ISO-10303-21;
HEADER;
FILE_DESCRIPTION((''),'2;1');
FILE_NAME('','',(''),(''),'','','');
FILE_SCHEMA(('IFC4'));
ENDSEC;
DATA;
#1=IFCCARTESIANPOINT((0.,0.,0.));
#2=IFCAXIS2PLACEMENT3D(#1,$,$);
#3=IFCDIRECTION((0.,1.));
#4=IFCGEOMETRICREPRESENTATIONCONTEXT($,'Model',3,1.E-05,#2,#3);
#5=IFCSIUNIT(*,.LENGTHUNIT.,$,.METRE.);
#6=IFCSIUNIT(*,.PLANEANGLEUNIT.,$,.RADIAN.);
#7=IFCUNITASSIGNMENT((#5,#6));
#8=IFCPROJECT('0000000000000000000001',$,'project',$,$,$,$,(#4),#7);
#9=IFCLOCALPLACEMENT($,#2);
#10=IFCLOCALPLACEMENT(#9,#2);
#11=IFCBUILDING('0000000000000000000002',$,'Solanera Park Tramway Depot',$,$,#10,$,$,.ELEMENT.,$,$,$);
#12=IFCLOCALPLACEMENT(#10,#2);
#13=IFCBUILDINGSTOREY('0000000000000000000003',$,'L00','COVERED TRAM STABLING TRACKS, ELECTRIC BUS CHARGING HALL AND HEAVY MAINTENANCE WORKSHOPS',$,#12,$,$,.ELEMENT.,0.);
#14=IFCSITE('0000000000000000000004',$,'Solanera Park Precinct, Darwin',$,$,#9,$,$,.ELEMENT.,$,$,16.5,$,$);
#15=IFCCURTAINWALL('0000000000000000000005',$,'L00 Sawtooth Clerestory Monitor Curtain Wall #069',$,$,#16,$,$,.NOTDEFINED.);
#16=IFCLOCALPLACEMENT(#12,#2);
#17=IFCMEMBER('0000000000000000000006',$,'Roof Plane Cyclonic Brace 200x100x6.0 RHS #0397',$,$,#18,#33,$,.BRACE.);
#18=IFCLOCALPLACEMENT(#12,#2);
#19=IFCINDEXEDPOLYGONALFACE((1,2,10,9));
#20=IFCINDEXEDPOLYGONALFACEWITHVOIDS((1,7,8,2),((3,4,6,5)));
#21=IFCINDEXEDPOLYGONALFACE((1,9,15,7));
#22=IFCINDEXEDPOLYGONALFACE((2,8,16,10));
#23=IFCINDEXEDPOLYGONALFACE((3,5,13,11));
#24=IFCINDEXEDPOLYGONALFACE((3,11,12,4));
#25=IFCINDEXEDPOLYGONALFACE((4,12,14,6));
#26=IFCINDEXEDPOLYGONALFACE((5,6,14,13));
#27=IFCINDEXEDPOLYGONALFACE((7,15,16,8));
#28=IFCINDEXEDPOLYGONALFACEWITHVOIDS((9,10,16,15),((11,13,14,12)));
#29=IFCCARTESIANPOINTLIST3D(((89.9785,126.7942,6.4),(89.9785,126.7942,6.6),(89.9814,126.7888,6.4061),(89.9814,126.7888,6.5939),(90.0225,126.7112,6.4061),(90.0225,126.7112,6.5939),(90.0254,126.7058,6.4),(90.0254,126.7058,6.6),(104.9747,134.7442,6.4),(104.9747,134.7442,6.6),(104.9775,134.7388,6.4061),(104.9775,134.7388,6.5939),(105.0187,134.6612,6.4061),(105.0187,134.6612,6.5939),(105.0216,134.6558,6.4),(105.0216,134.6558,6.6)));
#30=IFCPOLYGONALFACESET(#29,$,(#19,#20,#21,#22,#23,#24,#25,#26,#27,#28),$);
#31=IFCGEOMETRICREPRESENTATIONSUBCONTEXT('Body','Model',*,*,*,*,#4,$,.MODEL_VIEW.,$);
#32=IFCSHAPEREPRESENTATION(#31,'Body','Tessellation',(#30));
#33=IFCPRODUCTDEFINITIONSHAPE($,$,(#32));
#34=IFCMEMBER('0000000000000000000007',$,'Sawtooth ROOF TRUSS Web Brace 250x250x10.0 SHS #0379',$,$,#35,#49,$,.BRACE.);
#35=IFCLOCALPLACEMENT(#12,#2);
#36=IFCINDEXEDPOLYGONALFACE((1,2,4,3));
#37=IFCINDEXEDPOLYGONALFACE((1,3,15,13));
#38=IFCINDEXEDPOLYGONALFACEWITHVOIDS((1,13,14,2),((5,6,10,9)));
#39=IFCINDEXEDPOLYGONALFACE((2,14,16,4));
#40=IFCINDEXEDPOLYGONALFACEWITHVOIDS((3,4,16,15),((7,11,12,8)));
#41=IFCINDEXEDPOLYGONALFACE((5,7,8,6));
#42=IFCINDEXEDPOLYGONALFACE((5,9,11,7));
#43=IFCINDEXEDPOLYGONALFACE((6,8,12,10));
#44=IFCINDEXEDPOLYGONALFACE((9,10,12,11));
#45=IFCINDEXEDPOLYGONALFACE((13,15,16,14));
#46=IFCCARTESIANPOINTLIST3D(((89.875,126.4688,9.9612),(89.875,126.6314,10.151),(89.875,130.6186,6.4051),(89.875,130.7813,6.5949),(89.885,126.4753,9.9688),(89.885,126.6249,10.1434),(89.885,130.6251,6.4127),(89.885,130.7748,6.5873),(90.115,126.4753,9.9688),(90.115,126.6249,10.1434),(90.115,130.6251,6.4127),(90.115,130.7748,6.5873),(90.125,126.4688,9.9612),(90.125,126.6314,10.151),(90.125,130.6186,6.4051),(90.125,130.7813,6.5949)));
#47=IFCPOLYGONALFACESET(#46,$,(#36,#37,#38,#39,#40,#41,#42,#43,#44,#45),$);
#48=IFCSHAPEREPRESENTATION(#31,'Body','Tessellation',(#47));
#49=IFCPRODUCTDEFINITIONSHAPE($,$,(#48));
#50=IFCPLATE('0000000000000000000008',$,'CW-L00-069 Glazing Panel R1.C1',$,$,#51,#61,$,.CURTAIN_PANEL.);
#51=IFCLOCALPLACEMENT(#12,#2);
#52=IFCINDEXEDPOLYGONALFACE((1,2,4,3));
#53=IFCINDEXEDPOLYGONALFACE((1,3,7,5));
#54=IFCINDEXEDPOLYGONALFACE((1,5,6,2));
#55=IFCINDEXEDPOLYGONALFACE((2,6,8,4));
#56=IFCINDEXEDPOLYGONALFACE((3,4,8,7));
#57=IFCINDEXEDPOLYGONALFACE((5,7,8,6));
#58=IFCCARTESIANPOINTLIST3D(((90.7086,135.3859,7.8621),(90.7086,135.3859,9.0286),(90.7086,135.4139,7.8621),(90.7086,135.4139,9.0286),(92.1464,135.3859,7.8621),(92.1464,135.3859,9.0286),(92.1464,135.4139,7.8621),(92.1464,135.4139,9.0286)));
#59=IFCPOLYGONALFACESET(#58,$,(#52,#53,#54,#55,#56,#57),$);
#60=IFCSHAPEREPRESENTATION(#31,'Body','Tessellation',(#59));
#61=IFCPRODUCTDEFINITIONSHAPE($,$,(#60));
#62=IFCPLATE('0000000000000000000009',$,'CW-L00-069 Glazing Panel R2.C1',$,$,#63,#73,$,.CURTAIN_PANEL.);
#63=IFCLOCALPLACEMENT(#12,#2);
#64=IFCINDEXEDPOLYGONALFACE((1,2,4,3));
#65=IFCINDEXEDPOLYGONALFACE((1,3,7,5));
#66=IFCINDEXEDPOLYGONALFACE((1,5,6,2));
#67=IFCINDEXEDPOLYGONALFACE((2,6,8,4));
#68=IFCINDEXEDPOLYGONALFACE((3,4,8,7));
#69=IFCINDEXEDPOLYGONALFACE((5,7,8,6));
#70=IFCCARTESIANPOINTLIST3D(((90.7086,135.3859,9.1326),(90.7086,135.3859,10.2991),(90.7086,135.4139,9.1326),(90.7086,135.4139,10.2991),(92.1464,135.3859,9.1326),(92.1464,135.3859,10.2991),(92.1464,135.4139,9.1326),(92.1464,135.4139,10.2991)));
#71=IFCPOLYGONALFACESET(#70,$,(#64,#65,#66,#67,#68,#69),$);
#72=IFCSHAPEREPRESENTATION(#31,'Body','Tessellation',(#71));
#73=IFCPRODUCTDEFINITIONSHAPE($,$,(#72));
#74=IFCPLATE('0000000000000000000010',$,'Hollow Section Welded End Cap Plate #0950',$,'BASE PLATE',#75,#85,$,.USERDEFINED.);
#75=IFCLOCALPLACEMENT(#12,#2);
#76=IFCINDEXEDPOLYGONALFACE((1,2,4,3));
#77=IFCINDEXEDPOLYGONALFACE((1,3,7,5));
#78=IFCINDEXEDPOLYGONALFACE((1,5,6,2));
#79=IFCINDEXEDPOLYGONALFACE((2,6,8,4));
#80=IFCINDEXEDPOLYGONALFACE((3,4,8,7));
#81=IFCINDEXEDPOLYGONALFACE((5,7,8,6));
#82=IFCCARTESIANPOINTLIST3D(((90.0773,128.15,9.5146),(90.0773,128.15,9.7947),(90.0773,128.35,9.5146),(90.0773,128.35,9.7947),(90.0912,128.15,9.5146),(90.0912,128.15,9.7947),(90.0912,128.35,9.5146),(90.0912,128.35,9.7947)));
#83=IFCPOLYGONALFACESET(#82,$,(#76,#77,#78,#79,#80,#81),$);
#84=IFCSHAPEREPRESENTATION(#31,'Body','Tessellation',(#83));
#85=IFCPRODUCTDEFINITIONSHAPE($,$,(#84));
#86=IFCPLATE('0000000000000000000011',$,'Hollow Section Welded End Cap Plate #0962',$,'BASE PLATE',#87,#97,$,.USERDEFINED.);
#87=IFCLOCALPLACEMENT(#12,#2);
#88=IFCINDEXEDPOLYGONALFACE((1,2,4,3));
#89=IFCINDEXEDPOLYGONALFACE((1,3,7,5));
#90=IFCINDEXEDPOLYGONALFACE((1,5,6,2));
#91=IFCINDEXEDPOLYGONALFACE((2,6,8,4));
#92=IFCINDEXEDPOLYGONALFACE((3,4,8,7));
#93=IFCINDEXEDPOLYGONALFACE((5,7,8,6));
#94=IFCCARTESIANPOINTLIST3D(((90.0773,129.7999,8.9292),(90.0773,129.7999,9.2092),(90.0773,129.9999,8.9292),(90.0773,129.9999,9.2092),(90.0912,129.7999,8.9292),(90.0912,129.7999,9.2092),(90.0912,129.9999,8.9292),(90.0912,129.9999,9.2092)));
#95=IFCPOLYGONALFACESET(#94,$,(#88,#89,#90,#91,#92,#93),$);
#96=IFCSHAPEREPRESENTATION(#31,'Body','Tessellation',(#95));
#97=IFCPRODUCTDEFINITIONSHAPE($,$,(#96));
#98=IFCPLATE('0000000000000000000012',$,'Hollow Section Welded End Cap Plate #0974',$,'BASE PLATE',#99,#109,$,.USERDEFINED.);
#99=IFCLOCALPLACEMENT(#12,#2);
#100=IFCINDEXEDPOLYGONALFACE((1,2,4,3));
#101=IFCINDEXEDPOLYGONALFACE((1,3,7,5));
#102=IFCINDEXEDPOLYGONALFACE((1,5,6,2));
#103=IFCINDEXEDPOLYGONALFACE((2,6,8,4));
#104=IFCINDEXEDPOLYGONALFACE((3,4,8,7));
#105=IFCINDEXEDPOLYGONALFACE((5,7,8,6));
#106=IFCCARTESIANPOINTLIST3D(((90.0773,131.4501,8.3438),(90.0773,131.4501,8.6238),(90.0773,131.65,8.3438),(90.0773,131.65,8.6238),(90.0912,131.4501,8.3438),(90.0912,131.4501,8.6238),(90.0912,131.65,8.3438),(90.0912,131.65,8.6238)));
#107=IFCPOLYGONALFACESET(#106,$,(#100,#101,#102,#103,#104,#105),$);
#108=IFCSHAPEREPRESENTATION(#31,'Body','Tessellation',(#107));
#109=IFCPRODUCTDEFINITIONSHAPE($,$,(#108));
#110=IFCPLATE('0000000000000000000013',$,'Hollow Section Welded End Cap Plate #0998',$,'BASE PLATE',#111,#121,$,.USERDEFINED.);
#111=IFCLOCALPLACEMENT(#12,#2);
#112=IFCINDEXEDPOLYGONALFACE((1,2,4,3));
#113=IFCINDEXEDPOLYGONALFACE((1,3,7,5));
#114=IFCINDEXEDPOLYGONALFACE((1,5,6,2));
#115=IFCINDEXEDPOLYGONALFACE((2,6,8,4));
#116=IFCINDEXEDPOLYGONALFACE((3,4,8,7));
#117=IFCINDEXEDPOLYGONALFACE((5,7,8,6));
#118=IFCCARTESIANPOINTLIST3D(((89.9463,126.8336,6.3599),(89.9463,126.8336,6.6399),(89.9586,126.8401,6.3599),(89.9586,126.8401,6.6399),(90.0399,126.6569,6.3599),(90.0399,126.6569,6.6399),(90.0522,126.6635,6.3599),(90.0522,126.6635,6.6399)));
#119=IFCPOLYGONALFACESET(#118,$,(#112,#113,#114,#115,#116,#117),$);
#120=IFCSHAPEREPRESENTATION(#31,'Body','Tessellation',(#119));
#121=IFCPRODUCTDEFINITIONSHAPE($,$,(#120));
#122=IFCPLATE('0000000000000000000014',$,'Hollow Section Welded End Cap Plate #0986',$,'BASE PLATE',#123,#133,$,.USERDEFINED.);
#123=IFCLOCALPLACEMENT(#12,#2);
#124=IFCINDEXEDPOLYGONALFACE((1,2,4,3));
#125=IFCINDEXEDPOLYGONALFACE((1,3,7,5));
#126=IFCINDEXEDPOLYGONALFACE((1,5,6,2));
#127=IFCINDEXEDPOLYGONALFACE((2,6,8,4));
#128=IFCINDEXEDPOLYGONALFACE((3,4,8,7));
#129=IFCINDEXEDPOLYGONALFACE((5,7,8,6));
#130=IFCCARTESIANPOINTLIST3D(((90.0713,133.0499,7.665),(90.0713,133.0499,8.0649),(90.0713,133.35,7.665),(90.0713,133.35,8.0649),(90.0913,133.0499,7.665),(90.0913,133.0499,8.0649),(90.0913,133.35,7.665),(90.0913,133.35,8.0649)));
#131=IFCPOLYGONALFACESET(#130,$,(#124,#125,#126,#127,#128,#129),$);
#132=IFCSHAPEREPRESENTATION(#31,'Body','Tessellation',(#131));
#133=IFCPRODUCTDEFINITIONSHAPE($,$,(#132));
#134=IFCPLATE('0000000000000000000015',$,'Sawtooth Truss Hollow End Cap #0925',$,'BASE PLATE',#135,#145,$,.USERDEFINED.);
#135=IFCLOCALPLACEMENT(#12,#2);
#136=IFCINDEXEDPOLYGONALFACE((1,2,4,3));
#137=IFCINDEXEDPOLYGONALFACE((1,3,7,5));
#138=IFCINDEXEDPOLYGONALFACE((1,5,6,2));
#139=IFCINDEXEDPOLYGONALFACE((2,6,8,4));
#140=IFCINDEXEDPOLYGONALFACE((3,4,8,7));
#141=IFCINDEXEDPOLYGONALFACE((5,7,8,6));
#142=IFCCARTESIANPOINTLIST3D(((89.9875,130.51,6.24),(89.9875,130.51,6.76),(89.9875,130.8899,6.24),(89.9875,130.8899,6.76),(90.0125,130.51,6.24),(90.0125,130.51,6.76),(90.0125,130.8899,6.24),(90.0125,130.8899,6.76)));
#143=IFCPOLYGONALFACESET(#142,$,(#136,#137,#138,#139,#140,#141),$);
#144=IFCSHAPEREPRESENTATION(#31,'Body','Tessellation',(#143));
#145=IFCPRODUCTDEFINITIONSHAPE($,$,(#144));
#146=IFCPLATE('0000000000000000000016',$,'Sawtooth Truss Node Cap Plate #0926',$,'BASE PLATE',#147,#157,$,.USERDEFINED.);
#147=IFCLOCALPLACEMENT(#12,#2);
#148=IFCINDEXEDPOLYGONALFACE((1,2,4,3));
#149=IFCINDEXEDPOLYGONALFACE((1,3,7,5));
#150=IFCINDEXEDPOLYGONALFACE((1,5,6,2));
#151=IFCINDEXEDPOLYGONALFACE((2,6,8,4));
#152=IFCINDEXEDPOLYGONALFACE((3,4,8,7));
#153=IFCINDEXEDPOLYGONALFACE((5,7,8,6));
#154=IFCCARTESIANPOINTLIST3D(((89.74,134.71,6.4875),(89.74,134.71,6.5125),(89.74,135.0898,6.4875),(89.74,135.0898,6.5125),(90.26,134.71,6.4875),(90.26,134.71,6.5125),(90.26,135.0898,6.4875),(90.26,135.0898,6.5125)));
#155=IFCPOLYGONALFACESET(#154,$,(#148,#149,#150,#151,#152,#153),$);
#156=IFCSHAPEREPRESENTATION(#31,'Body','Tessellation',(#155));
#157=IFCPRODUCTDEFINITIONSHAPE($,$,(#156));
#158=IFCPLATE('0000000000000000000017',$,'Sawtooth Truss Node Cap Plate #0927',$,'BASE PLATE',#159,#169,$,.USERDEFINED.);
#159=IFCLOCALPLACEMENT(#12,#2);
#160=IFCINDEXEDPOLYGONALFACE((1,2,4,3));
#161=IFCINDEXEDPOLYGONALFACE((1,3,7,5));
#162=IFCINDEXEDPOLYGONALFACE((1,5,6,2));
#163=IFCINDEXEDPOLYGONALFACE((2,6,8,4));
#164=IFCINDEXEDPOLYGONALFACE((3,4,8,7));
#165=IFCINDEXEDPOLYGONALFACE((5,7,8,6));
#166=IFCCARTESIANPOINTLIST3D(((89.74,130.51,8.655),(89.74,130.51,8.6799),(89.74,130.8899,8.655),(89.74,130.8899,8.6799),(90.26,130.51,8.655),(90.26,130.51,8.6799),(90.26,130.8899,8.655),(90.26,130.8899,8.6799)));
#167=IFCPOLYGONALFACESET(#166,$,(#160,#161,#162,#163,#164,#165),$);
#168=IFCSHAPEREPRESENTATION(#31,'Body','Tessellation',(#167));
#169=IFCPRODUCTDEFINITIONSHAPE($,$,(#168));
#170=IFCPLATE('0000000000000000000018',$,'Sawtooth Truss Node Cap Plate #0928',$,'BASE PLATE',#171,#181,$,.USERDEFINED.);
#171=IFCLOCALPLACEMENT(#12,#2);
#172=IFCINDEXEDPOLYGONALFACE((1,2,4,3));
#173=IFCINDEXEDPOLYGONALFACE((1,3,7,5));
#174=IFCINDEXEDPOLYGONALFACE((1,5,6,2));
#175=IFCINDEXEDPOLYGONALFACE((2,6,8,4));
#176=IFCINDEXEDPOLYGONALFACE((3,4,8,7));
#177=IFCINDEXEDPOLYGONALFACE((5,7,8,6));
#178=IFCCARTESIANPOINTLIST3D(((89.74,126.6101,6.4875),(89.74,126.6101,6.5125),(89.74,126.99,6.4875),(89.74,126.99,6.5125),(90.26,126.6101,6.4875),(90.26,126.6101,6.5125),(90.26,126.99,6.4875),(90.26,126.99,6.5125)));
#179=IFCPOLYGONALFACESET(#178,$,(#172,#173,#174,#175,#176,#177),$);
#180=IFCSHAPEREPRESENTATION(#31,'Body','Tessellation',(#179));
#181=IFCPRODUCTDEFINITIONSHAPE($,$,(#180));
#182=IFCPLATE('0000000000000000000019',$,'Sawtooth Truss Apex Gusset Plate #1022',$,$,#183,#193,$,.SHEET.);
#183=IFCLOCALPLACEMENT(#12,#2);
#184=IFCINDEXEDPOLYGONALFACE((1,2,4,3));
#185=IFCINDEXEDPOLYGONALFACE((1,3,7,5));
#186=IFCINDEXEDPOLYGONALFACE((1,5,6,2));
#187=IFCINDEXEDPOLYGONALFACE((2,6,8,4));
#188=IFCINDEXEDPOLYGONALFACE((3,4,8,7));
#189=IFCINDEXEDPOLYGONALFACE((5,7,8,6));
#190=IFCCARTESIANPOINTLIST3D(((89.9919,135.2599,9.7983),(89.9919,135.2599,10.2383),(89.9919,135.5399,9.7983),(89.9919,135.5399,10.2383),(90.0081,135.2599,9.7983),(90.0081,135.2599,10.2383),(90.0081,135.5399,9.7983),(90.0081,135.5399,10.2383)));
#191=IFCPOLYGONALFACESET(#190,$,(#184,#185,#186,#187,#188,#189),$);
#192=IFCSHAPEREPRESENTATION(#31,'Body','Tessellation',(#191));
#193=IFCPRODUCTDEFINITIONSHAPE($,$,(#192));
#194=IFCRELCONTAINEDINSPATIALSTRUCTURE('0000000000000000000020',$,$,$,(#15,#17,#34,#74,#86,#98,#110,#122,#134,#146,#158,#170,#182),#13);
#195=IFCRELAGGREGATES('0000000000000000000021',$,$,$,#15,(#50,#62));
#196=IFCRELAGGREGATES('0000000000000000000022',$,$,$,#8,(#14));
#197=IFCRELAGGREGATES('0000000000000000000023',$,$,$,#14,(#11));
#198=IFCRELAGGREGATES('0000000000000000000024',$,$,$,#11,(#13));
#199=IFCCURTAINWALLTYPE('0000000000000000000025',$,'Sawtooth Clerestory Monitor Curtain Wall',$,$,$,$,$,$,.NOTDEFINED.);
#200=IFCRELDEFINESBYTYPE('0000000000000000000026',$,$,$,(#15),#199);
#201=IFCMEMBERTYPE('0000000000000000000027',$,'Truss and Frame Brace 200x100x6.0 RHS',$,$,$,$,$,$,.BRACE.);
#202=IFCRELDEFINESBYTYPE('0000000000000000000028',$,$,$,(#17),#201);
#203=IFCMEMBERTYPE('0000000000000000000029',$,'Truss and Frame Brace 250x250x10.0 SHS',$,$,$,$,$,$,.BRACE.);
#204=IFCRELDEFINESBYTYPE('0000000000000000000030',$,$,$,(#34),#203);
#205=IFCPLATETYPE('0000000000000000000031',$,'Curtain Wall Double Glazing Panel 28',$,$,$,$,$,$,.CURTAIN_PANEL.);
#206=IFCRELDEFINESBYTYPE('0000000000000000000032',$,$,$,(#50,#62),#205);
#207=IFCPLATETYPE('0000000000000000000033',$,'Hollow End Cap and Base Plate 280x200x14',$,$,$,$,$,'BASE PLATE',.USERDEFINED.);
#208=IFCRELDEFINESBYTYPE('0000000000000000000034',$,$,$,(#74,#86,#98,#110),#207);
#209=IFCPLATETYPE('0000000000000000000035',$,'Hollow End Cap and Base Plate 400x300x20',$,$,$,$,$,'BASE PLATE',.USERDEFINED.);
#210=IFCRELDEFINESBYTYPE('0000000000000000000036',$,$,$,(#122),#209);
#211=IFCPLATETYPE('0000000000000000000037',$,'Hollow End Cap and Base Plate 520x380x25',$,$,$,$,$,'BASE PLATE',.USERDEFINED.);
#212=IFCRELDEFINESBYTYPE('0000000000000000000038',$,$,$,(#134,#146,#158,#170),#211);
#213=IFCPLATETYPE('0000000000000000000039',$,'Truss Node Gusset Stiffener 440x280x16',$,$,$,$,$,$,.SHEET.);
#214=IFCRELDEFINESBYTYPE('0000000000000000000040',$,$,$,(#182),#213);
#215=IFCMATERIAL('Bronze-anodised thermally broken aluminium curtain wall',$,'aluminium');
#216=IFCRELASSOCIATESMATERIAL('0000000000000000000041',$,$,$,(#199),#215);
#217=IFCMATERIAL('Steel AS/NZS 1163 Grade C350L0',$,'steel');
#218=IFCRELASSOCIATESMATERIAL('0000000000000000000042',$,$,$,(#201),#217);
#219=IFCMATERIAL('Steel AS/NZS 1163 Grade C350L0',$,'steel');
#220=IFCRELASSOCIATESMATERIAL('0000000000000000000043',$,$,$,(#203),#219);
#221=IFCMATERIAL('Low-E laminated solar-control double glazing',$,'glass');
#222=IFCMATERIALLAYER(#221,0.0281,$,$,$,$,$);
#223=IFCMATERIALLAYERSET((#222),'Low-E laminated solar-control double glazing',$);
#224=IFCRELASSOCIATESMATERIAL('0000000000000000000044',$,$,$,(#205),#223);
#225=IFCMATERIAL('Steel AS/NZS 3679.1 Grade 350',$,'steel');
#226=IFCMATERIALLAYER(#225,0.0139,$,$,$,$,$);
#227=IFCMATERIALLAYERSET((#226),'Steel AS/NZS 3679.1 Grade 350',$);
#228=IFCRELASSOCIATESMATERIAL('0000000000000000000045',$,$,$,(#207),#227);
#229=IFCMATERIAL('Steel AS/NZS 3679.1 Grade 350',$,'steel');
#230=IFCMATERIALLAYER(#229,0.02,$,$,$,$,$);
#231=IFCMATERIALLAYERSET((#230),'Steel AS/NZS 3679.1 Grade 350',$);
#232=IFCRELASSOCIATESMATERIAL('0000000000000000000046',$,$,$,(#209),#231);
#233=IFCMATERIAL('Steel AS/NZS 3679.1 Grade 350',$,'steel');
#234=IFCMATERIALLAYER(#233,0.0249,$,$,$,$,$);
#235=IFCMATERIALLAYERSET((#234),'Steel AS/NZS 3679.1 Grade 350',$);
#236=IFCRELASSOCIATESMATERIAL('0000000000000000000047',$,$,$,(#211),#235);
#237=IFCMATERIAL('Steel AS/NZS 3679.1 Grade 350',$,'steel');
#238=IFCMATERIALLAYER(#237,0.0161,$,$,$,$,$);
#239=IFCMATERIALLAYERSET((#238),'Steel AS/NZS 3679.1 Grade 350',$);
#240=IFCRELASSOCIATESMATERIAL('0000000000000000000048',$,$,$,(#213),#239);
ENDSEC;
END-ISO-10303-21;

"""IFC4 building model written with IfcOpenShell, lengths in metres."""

from ifc_helpers import new_model, si_unit, direction, frame, origin, origin_2d, place, context, subcontext, project, spatial, rectangle, hollow_rectangle, extrude, material, layer, layer_set, material_profile, profile_set, type_object, element, aggregate, save


model = new_model("IFC4")

# Units and contexts
model_context = context("Model", 3, precision=1e-05, world=origin(), true_north=direction((0.0, 1.0)))
body_context = subcontext(model_context, "Body", "Model", "MODEL_VIEW")
ifc_project = project(units=[si_unit("LENGTHUNIT", "METRE"), si_unit("PLANEANGLEUNIT", "RADIAN")], contexts=[model_context])

# Site, building, storey
site_placement = place(None, origin())
site = spatial("IfcSite", under=ifc_project, at=site_placement, Name="Solanera Park Precinct, Darwin", CompositionType="ELEMENT", RefElevation=16.5)
building_placement = place(site_placement, origin())
building = spatial("IfcBuilding", under=site, at=building_placement, Name="Solanera Park Tramway Depot", CompositionType="ELEMENT")
storey_placement = place(building_placement, origin())
storey = spatial("IfcBuildingStorey", under=building, at=storey_placement, Name="L00", Description="COVERED TRAM STABLING TRACKS, ELECTRIC BUS CHARGING HALL AND HEAVY MAINTENANCE WORKSHOPS", CompositionType="ELEMENT", Elevation=0.0)

# Curtain wall
ifc_material_1 = material(Name="Bronze-anodised thermally broken aluminium curtain wall", Category="aluminium")
curtain_wall_type = type_object("IfcCurtainWallType", Name="Sawtooth Clerestory Monitor Curtain Wall", PredefinedType="NOTDEFINED", material=ifc_material_1)
curtain_wall_placement = place(storey_placement, origin())
curtain_wall = element("IfcCurtainWall", 1, at=curtain_wall_placement, inside=storey, type_object=curtain_wall_type, Name="L00 Sawtooth Clerestory Monitor Curtain Wall #069", PredefinedType="NOTDEFINED")

# Members
ifc_material_2 = material(Name="Steel AS/NZS 1163 Grade C350L0", Category="steel")
ifc_material_profile_1 = material_profile(ifc_material_2, hollow_rectangle(XDim=0.1001, YDim=0.2, WallThickness=0.0061, at=origin_2d()), Name="200x100x6.0 RHS")
ifc_profile_set_1 = profile_set([ifc_material_profile_1], Name="Steel AS/NZS 1163 Grade C350L0")
member_type_1 = type_object("IfcMemberType", Name="Truss and Frame Brace 200x100x6.0 RHS", PredefinedType="BRACE", material=ifc_profile_set_1)
member_1_placement = place(storey_placement, frame((90.002, 126.75, 6.5), z_axis=(0.883524, 0.468387, 0.0), x_axis=(-0.468387, 0.883524, 0.0)))
element("IfcMember", 2, at=member_1_placement, inside=storey, type_object=member_type_1, Name="Roof Plane Cyclonic Brace 200x100x6.0 RHS #0397", PredefinedType="BRACE", context=body_context, shape_type="SweptSolid", body=[
    extrude(hollow_rectangle(XDim=0.1001, YDim=0.2, WallThickness=0.0061, at=origin_2d()), origin(), (0.0, 0.0, 1.0), 16.9731),
])
ifc_material_3 = material(Name="Steel AS/NZS 1163 Grade C350L0", Category="steel")
ifc_material_profile_2 = material_profile(ifc_material_3, hollow_rectangle(XDim=0.25, YDim=0.25, WallThickness=0.01, at=origin_2d()), Name="250x250x10.0 SHS")
ifc_profile_set_2 = profile_set([ifc_material_profile_2], Name="Steel AS/NZS 1163 Grade C350L0")
member_type_2 = type_object("IfcMemberType", Name="Truss and Frame Brace 250x250x10.0 SHS", PredefinedType="BRACE", material=ifc_profile_set_2)
member_2_placement = place(storey_placement, frame((90.0, 130.7, 6.5), z_axis=(0.0, -0.759339, 0.650696), x_axis=(1.0, 0.0, 0.0)))
element("IfcMember", 3, at=member_2_placement, inside=storey, type_object=member_type_2, Name="Sawtooth ROOF TRUSS Web Brace 250x250x10.0 SHS #0379", PredefinedType="BRACE", context=body_context, shape_type="SweptSolid", body=[
    extrude(hollow_rectangle(XDim=0.25, YDim=0.25, WallThickness=0.01, at=origin_2d()), origin(), (0.0, 0.0, 1.0), 5.4651),
])

# Plates
ifc_material_4 = material(Name="Low-E laminated solar-control double glazing", Category="glass")
ifc_layer_1 = layer(ifc_material_4, 0.0281)
ifc_layer_set_1 = layer_set([ifc_layer_1], Name="Low-E laminated solar-control double glazing")
plate_type_1 = type_object("IfcPlateType", Name="Curtain Wall Double Glazing Panel 28", PredefinedType="CURTAIN_PANEL", material=ifc_layer_set_1)
plate_1_placement = place(storey_placement, frame((91.4275, 135.3999, 7.8621), z_axis=(0.0, 0.0, 1.0), x_axis=(1.0, 0.0, 0.0)))
plate_1 = element("IfcPlate", 4, at=plate_1_placement, type_object=plate_type_1, Name="CW-L00-069 Glazing Panel R1.C1", PredefinedType="CURTAIN_PANEL", context=body_context, shape_type="SweptSolid", body=[
    extrude(rectangle(XDim=1.4377, YDim=0.0281, at=origin_2d()), origin(), (0.0, 0.0, 1.0), 1.1665),
])
plate_2_placement = place(storey_placement, frame((91.4275, 135.3999, 9.1326), z_axis=(0.0, 0.0, 1.0), x_axis=(1.0, 0.0, 0.0)))
plate_2 = element("IfcPlate", 5, at=plate_2_placement, type_object=plate_type_1, Name="CW-L00-069 Glazing Panel R2.C1", PredefinedType="CURTAIN_PANEL", context=body_context, shape_type="SweptSolid", body=[
    extrude(rectangle(XDim=1.4377, YDim=0.0281, at=origin_2d()), origin(), (0.0, 0.0, 1.0), 1.1665),
])
aggregate(curtain_wall, [plate_1, plate_2])

# Plates
ifc_material_5 = material(Name="Steel AS/NZS 3679.1 Grade 350", Category="steel")
ifc_layer_2 = layer(ifc_material_5, 0.0139)
ifc_layer_set_2 = layer_set([ifc_layer_2], Name="Steel AS/NZS 3679.1 Grade 350")
plate_type_2 = type_object("IfcPlateType", Name="Hollow End Cap and Base Plate 280x200x14", ElementType="BASE PLATE", PredefinedType="USERDEFINED", material=ifc_layer_set_2)
for number, where, z_axis, x_axis, name in (
    (6, (90.0842, 128.25, 9.5146), (0.0, 0.0, 1.0), (1.0, 0.0, 0.0), "Hollow Section Welded End Cap Plate #0950"),
    (7, (90.0842, 129.8999, 8.9292), (0.0, 0.0, 1.0), (1.0, 0.0, 0.0), "Hollow Section Welded End Cap Plate #0962"),
    (8, (90.0842, 131.55, 8.3438), (0.0, 0.0, 1.0), (1.0, 0.0, 0.0), "Hollow Section Welded End Cap Plate #0974"),
    (9, (89.9993, 126.7485, 6.3599), (0.0, 0.0, 1.0), (0.883521, 0.468392, 0.0), "Hollow Section Welded End Cap Plate #0998"),
):
    element("IfcPlate", number, at=place(storey_placement, frame(where, z_axis=z_axis, x_axis=x_axis)), inside=storey, type_object=plate_type_2, Name=name, ObjectType="BASE PLATE", PredefinedType="USERDEFINED", context=body_context, shape_type="SweptSolid", body=[
        extrude(rectangle(XDim=0.0139, YDim=0.2, at=origin_2d()), origin(), (0.0, 0.0, 1.0), 0.28),
    ])
ifc_material_6 = material(Name="Steel AS/NZS 3679.1 Grade 350", Category="steel")
ifc_layer_3 = layer(ifc_material_6, 0.02)
ifc_layer_set_3 = layer_set([ifc_layer_3], Name="Steel AS/NZS 3679.1 Grade 350")
plate_type_3 = type_object("IfcPlateType", Name="Hollow End Cap and Base Plate 400x300x20", ElementType="BASE PLATE", PredefinedType="USERDEFINED", material=ifc_layer_set_3)
plate_3_placement = place(storey_placement, frame((90.0813, 133.2, 7.665), z_axis=(0.0, 0.0, 1.0), x_axis=(1.0, 0.0, 0.0)))
element("IfcPlate", 10, at=plate_3_placement, inside=storey, type_object=plate_type_3, Name="Hollow Section Welded End Cap Plate #0986", ObjectType="BASE PLATE", PredefinedType="USERDEFINED", context=body_context, shape_type="SweptSolid", body=[
    extrude(rectangle(XDim=0.02, YDim=0.3, at=origin_2d()), origin(), (0.0, 0.0, 1.0), 0.3999),
])
ifc_material_7 = material(Name="Steel AS/NZS 3679.1 Grade 350", Category="steel")
ifc_layer_4 = layer(ifc_material_7, 0.0249)
ifc_layer_set_4 = layer_set([ifc_layer_4], Name="Steel AS/NZS 3679.1 Grade 350")
plate_type_4 = type_object("IfcPlateType", Name="Hollow End Cap and Base Plate 520x380x25", ElementType="BASE PLATE", PredefinedType="USERDEFINED", material=ifc_layer_set_4)
plate_4_placement = place(storey_placement, frame((90.0, 130.7, 6.24), z_axis=(0.0, 0.0, 1.0), x_axis=(1.0, 0.0, 0.0)))
element("IfcPlate", 11, at=plate_4_placement, inside=storey, type_object=plate_type_4, Name="Sawtooth Truss Hollow End Cap #0925", ObjectType="BASE PLATE", PredefinedType="USERDEFINED", context=body_context, shape_type="SweptSolid", body=[
    extrude(rectangle(XDim=0.0249, YDim=0.3799, at=origin_2d()), origin(), (0.0, 0.0, 1.0), 0.52),
])
for number, where, z_axis, x_axis, name in (
    (12, (90.0, 134.8999, 6.4875), (0.0, 0.0, 1.0), (1.0, 0.0, 0.0), "Sawtooth Truss Node Cap Plate #0926"),
    (13, (90.0, 130.7, 8.655), (0.0, 0.0, 1.0), (1.0, 0.0, 0.0), "Sawtooth Truss Node Cap Plate #0927"),
    (14, (90.0, 126.8, 6.4875), (0.0, 0.0, 1.0), (1.0, 0.0, 0.0), "Sawtooth Truss Node Cap Plate #0928"),
):
    element("IfcPlate", number, at=place(storey_placement, frame(where, z_axis=z_axis, x_axis=x_axis)), inside=storey, type_object=plate_type_4, Name=name, ObjectType="BASE PLATE", PredefinedType="USERDEFINED", context=body_context, shape_type="SweptSolid", body=[
        extrude(rectangle(XDim=0.52, YDim=0.3799, at=origin_2d()), origin(), (0.0, 0.0, 1.0), 0.0249),
    ])
ifc_material_8 = material(Name="Steel AS/NZS 3679.1 Grade 350", Category="steel")
ifc_layer_5 = layer(ifc_material_8, 0.0161)
ifc_layer_set_5 = layer_set([ifc_layer_5], Name="Steel AS/NZS 3679.1 Grade 350")
plate_type_5 = type_object("IfcPlateType", Name="Truss Node Gusset Stiffener 440x280x16", PredefinedType="SHEET", material=ifc_layer_set_5)
plate_5_placement = place(storey_placement, frame((90.0, 135.3999, 9.7983), z_axis=(0.0, 0.0, 1.0), x_axis=(1.0, 0.0, 0.0)))
element("IfcPlate", 15, at=plate_5_placement, inside=storey, type_object=plate_type_5, Name="Sawtooth Truss Apex Gusset Plate #1022", PredefinedType="SHEET", context=body_context, shape_type="SweptSolid", body=[
    extrude(rectangle(XDim=0.0161, YDim=0.28, at=origin_2d()), origin(), (0.0, 0.0, 1.0), 0.4399),
])

save(model, "model.ifc")
